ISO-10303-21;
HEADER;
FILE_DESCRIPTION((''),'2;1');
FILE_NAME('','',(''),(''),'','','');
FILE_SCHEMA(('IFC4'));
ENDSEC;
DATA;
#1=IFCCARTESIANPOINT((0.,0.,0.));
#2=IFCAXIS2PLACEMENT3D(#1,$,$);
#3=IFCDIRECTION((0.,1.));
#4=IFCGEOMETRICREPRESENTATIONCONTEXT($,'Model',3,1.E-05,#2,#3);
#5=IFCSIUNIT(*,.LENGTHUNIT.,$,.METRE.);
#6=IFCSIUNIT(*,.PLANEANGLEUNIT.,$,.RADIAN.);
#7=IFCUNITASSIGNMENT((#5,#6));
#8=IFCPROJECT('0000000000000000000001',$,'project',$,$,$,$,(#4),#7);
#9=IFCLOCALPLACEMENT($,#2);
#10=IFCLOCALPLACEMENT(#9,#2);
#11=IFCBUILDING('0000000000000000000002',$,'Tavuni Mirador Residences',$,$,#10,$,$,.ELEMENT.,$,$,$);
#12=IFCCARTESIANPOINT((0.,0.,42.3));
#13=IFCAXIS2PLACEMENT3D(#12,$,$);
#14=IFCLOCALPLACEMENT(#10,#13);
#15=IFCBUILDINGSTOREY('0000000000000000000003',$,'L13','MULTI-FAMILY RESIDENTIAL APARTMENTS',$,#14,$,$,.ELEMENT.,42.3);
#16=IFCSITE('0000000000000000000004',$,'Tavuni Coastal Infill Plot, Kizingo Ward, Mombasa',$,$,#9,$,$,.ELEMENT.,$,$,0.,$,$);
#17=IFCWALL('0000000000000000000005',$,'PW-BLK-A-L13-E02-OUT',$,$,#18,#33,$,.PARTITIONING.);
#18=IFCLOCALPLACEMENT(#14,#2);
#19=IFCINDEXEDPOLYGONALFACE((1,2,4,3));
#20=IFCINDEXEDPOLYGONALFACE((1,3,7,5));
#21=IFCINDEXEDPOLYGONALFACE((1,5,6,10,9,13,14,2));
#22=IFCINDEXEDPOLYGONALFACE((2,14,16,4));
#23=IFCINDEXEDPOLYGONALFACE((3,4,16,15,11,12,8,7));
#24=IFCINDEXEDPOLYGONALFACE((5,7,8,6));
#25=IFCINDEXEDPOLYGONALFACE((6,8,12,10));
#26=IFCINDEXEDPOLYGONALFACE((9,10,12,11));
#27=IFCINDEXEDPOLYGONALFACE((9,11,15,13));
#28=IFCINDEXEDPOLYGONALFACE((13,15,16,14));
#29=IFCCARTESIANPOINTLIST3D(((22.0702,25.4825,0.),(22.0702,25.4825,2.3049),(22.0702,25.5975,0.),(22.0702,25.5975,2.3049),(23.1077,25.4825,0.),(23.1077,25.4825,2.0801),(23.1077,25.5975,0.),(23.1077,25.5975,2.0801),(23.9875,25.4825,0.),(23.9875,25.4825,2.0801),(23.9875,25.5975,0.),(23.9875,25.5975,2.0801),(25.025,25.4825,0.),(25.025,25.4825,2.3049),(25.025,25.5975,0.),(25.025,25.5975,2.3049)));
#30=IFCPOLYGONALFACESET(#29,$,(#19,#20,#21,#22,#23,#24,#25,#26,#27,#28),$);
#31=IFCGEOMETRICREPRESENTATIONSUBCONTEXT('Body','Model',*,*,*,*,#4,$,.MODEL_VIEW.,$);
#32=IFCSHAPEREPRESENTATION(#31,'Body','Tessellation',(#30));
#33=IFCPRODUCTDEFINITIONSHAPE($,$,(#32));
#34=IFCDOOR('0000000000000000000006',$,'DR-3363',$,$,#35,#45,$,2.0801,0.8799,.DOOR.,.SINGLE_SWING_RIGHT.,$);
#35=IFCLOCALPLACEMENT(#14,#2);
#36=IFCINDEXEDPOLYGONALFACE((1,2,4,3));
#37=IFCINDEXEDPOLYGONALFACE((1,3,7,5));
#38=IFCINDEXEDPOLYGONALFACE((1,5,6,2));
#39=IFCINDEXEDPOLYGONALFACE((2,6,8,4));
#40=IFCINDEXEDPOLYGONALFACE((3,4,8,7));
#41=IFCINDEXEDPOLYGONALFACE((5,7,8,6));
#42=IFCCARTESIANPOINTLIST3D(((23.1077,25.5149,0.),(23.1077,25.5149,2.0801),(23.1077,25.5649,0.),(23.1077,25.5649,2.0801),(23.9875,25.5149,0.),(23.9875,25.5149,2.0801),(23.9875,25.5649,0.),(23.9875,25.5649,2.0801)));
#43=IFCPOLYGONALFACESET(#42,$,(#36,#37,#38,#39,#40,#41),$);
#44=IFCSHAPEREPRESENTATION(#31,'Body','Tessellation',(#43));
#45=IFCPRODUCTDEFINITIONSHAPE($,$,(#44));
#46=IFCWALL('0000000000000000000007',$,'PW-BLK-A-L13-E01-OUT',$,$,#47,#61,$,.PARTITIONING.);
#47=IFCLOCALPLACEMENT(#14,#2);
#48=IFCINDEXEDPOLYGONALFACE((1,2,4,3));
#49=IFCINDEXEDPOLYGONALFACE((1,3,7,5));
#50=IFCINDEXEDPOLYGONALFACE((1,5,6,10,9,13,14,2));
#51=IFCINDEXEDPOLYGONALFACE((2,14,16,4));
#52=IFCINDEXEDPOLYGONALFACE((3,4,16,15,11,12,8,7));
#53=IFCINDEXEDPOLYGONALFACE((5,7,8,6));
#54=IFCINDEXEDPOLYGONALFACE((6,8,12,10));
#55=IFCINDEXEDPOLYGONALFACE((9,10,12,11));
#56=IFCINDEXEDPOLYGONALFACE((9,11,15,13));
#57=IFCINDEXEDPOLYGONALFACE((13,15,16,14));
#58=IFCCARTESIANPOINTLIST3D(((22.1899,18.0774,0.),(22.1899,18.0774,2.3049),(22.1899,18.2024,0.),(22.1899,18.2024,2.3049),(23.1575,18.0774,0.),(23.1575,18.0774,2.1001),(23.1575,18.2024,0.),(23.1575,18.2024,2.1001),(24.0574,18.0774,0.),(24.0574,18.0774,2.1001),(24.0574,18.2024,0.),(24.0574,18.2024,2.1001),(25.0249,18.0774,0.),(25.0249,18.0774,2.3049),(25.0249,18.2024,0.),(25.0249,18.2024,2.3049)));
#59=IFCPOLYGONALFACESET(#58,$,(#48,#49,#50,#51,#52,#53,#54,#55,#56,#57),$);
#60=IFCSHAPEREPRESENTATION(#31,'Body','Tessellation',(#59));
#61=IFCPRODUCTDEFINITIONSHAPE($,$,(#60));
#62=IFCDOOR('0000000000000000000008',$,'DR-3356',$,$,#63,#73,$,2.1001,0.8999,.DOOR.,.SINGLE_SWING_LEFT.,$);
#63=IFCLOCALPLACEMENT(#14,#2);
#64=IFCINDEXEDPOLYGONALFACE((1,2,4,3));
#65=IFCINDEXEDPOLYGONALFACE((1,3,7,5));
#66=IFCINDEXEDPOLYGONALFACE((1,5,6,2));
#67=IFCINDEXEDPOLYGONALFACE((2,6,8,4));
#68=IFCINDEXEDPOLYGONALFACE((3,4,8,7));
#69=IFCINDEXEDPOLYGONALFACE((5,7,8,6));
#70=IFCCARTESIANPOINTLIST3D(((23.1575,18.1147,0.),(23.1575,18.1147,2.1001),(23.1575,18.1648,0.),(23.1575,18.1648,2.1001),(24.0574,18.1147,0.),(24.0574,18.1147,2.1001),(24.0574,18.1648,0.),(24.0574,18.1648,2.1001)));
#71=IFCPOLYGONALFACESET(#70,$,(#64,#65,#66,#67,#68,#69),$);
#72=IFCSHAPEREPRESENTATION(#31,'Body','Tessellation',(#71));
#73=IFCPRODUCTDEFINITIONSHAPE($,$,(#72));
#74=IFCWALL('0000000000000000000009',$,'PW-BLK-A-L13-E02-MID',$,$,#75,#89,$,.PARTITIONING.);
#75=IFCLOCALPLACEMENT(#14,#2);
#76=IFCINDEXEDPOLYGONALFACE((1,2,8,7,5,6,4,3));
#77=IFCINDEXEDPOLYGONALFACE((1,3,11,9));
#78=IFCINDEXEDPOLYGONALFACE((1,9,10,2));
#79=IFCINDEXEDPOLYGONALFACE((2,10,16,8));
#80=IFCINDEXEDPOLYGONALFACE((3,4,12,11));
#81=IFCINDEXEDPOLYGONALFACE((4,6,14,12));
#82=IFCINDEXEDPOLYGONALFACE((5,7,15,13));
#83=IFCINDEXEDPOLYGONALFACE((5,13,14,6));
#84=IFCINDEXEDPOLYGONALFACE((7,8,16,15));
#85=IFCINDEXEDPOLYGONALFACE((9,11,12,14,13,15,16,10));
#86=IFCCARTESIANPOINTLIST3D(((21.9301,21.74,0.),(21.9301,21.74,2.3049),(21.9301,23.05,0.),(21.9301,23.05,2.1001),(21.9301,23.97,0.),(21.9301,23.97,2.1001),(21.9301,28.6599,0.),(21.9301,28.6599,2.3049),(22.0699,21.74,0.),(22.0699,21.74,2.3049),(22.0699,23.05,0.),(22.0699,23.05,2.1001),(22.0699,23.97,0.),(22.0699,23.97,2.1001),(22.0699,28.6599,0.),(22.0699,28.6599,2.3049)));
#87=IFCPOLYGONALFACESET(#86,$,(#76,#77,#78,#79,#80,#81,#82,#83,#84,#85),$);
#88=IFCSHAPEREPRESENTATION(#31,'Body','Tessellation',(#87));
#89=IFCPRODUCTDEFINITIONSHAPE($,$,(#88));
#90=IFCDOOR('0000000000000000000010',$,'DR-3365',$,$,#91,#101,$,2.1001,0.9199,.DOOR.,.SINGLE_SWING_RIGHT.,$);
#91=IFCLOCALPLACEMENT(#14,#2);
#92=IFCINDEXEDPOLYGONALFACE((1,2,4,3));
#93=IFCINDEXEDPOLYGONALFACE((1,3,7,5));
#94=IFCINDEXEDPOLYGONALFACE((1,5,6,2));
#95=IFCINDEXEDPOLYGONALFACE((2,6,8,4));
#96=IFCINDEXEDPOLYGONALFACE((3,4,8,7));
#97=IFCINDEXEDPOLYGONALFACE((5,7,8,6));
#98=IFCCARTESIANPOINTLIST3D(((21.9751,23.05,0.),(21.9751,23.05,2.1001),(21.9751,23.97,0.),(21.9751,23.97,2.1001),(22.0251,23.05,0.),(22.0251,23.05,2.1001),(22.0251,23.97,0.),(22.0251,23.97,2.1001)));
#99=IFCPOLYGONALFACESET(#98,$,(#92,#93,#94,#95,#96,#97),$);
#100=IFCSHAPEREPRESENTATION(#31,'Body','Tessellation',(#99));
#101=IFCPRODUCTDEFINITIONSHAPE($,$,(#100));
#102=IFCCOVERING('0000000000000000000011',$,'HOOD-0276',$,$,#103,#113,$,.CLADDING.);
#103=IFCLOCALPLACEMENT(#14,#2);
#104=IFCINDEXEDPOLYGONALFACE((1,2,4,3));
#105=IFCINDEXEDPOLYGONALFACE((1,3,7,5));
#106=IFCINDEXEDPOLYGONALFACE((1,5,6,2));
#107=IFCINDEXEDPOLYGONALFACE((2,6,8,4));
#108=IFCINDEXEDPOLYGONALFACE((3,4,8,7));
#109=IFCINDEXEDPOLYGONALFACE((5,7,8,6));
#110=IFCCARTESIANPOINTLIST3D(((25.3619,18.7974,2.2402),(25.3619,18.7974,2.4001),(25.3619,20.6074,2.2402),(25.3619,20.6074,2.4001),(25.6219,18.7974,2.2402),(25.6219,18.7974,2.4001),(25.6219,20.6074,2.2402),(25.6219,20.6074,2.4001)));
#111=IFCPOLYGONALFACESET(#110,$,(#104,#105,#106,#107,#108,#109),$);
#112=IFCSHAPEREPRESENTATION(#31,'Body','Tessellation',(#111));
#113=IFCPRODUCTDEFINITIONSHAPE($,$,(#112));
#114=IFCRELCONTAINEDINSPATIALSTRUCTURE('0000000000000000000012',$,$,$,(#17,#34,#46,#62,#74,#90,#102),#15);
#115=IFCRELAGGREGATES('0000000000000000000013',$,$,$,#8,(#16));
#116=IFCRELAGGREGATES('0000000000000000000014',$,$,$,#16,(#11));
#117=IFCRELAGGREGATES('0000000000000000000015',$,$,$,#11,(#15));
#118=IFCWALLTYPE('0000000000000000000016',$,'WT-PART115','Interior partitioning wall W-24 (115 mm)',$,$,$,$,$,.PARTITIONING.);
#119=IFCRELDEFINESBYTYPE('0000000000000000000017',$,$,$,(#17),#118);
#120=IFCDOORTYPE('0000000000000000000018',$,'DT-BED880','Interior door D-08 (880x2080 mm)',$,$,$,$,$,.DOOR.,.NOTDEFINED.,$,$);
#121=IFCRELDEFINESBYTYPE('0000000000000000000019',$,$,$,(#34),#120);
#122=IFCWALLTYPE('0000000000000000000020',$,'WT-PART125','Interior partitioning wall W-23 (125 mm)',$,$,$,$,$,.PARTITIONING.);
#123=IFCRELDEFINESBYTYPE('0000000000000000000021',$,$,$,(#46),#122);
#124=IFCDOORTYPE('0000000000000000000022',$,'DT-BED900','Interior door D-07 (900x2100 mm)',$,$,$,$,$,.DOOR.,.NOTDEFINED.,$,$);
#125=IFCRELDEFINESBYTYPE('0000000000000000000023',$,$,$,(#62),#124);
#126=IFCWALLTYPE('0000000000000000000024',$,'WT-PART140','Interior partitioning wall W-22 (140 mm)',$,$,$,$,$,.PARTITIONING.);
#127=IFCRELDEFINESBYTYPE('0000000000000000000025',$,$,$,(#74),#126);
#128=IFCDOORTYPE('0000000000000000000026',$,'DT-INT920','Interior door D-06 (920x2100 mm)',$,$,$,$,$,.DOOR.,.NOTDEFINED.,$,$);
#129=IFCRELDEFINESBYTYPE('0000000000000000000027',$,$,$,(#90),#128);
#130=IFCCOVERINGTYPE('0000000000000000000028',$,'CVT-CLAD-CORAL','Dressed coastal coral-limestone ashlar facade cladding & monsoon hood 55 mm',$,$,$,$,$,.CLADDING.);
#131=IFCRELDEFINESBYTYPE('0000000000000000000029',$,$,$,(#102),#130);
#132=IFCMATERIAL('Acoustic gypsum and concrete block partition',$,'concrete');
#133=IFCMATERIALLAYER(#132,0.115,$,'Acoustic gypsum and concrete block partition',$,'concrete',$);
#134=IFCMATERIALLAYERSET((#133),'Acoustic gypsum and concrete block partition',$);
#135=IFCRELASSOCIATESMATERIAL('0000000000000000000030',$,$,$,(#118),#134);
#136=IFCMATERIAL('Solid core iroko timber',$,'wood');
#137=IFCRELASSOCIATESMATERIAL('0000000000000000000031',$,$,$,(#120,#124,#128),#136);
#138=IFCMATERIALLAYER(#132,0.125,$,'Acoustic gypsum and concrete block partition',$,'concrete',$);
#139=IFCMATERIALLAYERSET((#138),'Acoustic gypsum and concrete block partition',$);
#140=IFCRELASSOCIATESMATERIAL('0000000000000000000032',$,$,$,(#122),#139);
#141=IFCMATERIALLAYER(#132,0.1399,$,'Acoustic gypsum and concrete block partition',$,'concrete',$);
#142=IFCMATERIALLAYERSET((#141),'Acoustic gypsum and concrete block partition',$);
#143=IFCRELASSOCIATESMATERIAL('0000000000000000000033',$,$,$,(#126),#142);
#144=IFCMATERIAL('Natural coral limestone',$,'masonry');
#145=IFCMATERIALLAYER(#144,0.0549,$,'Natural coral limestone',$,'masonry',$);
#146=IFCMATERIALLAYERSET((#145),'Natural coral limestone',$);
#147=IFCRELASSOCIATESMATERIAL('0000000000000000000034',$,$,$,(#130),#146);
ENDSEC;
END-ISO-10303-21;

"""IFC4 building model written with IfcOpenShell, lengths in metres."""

from ifc_helpers import new_model, si_unit, direction, frame, frame_2d, origin, origin_2d, place, context, subcontext, project, spatial, rectangle, extrude, material, layer, layer_set, type_object, element, fill, save


model = new_model("IFC4")

# Units and contexts
model_context = context("Model", 3, precision=1e-05, world=origin(), true_north=direction((0.0, 1.0)))
body_context = subcontext(model_context, "Body", "Model", "MODEL_VIEW")
ifc_project = project(units=[si_unit("LENGTHUNIT", "METRE"), si_unit("PLANEANGLEUNIT", "RADIAN")], contexts=[model_context])

# Site, building, storey
site_placement = place(None, origin())
site = spatial("IfcSite", under=ifc_project, at=site_placement, Name="Tavuni Coastal Infill Plot, Kizingo Ward, Mombasa", CompositionType="ELEMENT", RefElevation=0.0)
building_placement = place(site_placement, origin())
building = spatial("IfcBuilding", under=site, at=building_placement, Name="Tavuni Mirador Residences", CompositionType="ELEMENT")
storey_placement = place(building_placement, frame((0.0, 0.0, 42.3)))
storey = spatial("IfcBuildingStorey", under=building, at=storey_placement, Name="L13", Description="MULTI-FAMILY RESIDENTIAL APARTMENTS", CompositionType="ELEMENT", Elevation=42.3)

# Walls, openings, doors
ifc_material_1 = material(Name="Acoustic gypsum and concrete block partition", Category="concrete")
ifc_layer_1 = layer(ifc_material_1, 0.115, Name="Acoustic gypsum and concrete block partition", Category="concrete")
ifc_layer_set_1 = layer_set([ifc_layer_1], Name="Acoustic gypsum and concrete block partition")
wall_type_1 = type_object("IfcWallType", Name="WT-PART115", Description="Interior partitioning wall W-24 (115 mm)", PredefinedType="PARTITIONING", material=ifc_layer_set_1)
wall_1_placement = place(storey_placement, frame((22.0701, 25.54, 0.0), z_axis=(0.0, 0.0, 1.0), x_axis=(1.0, 0.0, 0.0)))
wall_1 = element("IfcWall", 1, at=wall_1_placement, inside=storey, type_object=wall_type_1, Name="PW-BLK-A-L13-E02-OUT", PredefinedType="PARTITIONING", context=body_context, shape_type="SweptSolid", body=[
    extrude(rectangle(XDim=2.9548, YDim=0.115, at=frame_2d((1.4775, 0.0))), origin(), (0.0, 0.0, 1.0), 2.3049),
])
opening_1_placement = place(wall_1_placement, frame((1.0376, 0.0, 0.0)))
opening_1 = element("IfcOpeningElement", 2, at=opening_1_placement, cuts=wall_1, PredefinedType="OPENING", context=body_context, shape_type="SweptSolid", body=[
    extrude(rectangle(XDim=0.8799, YDim=2.0801, at=frame_2d((0.4399, 1.04))), frame((0.0, 0.0674, 0.0), z_axis=(0.0, -1.0, 0.0), x_axis=(1.0, 0.0, 0.0)), (0.0, 0.0, 1.0), 0.135),
])
ifc_material_2 = material(Name="Solid core iroko timber", Category="wood")
door_type_1 = type_object("IfcDoorType", Name="DT-BED880", Description="Interior door D-08 (880x2080 mm)", OperationType="NOTDEFINED", PredefinedType="DOOR", material=ifc_material_2)
door_1_placement = place(opening_1_placement, origin())
door_1 = element("IfcDoor", 3, at=door_1_placement, inside=storey, type_object=door_type_1, Name="DR-3363", OperationType="SINGLE_SWING_RIGHT", OverallHeight=2.0801, OverallWidth=0.8799, PredefinedType="DOOR", context=body_context, shape_type="SweptSolid", body=[
    extrude(rectangle(XDim=0.8799, YDim=2.0801, at=frame_2d((0.4399, 1.04))), frame((0.0, 0.0249, 0.0), z_axis=(0.0, -1.0, 0.0), x_axis=(1.0, 0.0, 0.0)), (0.0, 0.0, 1.0), 0.05),
])
fill(opening_1, door_1)
ifc_layer_2 = layer(ifc_material_1, 0.125, Name="Acoustic gypsum and concrete block partition", Category="concrete")
ifc_layer_set_2 = layer_set([ifc_layer_2], Name="Acoustic gypsum and concrete block partition")
wall_type_2 = type_object("IfcWallType", Name="WT-PART125", Description="Interior partitioning wall W-23 (125 mm)", PredefinedType="PARTITIONING", material=ifc_layer_set_2)
wall_2_placement = place(storey_placement, frame((22.1899, 18.1399, 0.0), z_axis=(0.0, 0.0, 1.0), x_axis=(1.0, 0.0, 0.0)))
wall_2 = element("IfcWall", 4, at=wall_2_placement, inside=storey, type_object=wall_type_2, Name="PW-BLK-A-L13-E01-OUT", PredefinedType="PARTITIONING", context=body_context, shape_type="SweptSolid", body=[
    extrude(rectangle(XDim=2.835, YDim=0.125, at=frame_2d((1.4175, 0.0))), origin(), (0.0, 0.0, 1.0), 2.3049),
])
opening_2_placement = place(wall_2_placement, frame((0.9675, 0.0, 0.0)))
opening_2 = element("IfcOpeningElement", 5, at=opening_2_placement, cuts=wall_2, PredefinedType="OPENING", context=body_context, shape_type="SweptSolid", body=[
    extrude(rectangle(XDim=0.8999, YDim=2.1001, at=frame_2d((0.45, 1.05))), frame((0.0, 0.0725, 0.0), z_axis=(0.0, -1.0, 0.0), x_axis=(1.0, 0.0, 0.0)), (0.0, 0.0, 1.0), 0.145),
])
door_type_2 = type_object("IfcDoorType", Name="DT-BED900", Description="Interior door D-07 (900x2100 mm)", OperationType="NOTDEFINED", PredefinedType="DOOR", material=ifc_material_2)
door_2_placement = place(opening_2_placement, origin())
door_2 = element("IfcDoor", 6, at=door_2_placement, inside=storey, type_object=door_type_2, Name="DR-3356", OperationType="SINGLE_SWING_LEFT", OverallHeight=2.1001, OverallWidth=0.8999, PredefinedType="DOOR", context=body_context, shape_type="SweptSolid", body=[
    extrude(rectangle(XDim=0.8999, YDim=2.1001, at=frame_2d((0.45, 1.05))), frame((0.0, 0.0249, 0.0), z_axis=(0.0, -1.0, 0.0), x_axis=(1.0, 0.0, 0.0)), (0.0, 0.0, 1.0), 0.05),
])
fill(opening_2, door_2)
ifc_layer_3 = layer(ifc_material_1, 0.1399, Name="Acoustic gypsum and concrete block partition", Category="concrete")
ifc_layer_set_3 = layer_set([ifc_layer_3], Name="Acoustic gypsum and concrete block partition")
wall_type_3 = type_object("IfcWallType", Name="WT-PART140", Description="Interior partitioning wall W-22 (140 mm)", PredefinedType="PARTITIONING", material=ifc_layer_set_3)
wall_3_placement = place(storey_placement, frame((22.0, 21.74, 0.0), z_axis=(0.0, 0.0, 1.0), x_axis=(0.0, 1.0, 0.0)))
wall_3 = element("IfcWall", 7, at=wall_3_placement, inside=storey, type_object=wall_type_3, Name="PW-BLK-A-L13-E02-MID", PredefinedType="PARTITIONING", context=body_context, shape_type="SweptSolid", body=[
    extrude(rectangle(XDim=6.9199, YDim=0.1399, at=frame_2d((3.46, 0.0))), origin(), (0.0, 0.0, 1.0), 2.3049),
])
opening_3_placement = place(wall_3_placement, frame((1.3101, 0.0, 0.0)))
opening_3 = element("IfcOpeningElement", 8, at=opening_3_placement, cuts=wall_3, PredefinedType="OPENING", context=body_context, shape_type="SweptSolid", body=[
    extrude(rectangle(XDim=0.9199, YDim=2.1001, at=frame_2d((0.46, 1.05))), frame((0.0, 0.0801, 0.0), z_axis=(0.0, -1.0, 0.0), x_axis=(1.0, 0.0, 0.0)), (0.0, 0.0, 1.0), 0.1599),
])
door_type_3 = type_object("IfcDoorType", Name="DT-INT920", Description="Interior door D-06 (920x2100 mm)", OperationType="NOTDEFINED", PredefinedType="DOOR", material=ifc_material_2)
door_3_placement = place(opening_3_placement, origin())
door_3 = element("IfcDoor", 9, at=door_3_placement, inside=storey, type_object=door_type_3, Name="DR-3365", OperationType="SINGLE_SWING_RIGHT", OverallHeight=2.1001, OverallWidth=0.9199, PredefinedType="DOOR", context=body_context, shape_type="SweptSolid", body=[
    extrude(rectangle(XDim=0.9199, YDim=2.1001, at=frame_2d((0.46, 1.05))), frame((0.0, 0.0249, 0.0), z_axis=(0.0, -1.0, 0.0), x_axis=(1.0, 0.0, 0.0)), (0.0, 0.0, 1.0), 0.05),
])
fill(opening_3, door_3)

# Covering
ifc_material_3 = material(Name="Natural coral limestone", Category="masonry")
ifc_layer_4 = layer(ifc_material_3, 0.0549, Name="Natural coral limestone", Category="masonry")
ifc_layer_set_4 = layer_set([ifc_layer_4], Name="Natural coral limestone")
covering_type = type_object("IfcCoveringType", Name="CVT-CLAD-CORAL", Description="Dressed coastal coral-limestone ashlar facade cladding & monsoon hood 55 mm", PredefinedType="CLADDING", material=ifc_layer_set_4)
covering_placement = place(storey_placement, frame((25.4919, 19.7024, 2.2402), z_axis=(0.0, 0.0, 1.0), x_axis=(0.0, 1.0, 0.0)))
element("IfcCovering", 10, at=covering_placement, inside=storey, type_object=covering_type, Name="HOOD-0276", PredefinedType="CLADDING", context=body_context, shape_type="SweptSolid", body=[
    extrude(rectangle(XDim=1.8101, YDim=0.26, at=origin_2d()), origin(), (0.0, 0.0, 1.0), 0.1599),
])

save(model, "model.ifc")
